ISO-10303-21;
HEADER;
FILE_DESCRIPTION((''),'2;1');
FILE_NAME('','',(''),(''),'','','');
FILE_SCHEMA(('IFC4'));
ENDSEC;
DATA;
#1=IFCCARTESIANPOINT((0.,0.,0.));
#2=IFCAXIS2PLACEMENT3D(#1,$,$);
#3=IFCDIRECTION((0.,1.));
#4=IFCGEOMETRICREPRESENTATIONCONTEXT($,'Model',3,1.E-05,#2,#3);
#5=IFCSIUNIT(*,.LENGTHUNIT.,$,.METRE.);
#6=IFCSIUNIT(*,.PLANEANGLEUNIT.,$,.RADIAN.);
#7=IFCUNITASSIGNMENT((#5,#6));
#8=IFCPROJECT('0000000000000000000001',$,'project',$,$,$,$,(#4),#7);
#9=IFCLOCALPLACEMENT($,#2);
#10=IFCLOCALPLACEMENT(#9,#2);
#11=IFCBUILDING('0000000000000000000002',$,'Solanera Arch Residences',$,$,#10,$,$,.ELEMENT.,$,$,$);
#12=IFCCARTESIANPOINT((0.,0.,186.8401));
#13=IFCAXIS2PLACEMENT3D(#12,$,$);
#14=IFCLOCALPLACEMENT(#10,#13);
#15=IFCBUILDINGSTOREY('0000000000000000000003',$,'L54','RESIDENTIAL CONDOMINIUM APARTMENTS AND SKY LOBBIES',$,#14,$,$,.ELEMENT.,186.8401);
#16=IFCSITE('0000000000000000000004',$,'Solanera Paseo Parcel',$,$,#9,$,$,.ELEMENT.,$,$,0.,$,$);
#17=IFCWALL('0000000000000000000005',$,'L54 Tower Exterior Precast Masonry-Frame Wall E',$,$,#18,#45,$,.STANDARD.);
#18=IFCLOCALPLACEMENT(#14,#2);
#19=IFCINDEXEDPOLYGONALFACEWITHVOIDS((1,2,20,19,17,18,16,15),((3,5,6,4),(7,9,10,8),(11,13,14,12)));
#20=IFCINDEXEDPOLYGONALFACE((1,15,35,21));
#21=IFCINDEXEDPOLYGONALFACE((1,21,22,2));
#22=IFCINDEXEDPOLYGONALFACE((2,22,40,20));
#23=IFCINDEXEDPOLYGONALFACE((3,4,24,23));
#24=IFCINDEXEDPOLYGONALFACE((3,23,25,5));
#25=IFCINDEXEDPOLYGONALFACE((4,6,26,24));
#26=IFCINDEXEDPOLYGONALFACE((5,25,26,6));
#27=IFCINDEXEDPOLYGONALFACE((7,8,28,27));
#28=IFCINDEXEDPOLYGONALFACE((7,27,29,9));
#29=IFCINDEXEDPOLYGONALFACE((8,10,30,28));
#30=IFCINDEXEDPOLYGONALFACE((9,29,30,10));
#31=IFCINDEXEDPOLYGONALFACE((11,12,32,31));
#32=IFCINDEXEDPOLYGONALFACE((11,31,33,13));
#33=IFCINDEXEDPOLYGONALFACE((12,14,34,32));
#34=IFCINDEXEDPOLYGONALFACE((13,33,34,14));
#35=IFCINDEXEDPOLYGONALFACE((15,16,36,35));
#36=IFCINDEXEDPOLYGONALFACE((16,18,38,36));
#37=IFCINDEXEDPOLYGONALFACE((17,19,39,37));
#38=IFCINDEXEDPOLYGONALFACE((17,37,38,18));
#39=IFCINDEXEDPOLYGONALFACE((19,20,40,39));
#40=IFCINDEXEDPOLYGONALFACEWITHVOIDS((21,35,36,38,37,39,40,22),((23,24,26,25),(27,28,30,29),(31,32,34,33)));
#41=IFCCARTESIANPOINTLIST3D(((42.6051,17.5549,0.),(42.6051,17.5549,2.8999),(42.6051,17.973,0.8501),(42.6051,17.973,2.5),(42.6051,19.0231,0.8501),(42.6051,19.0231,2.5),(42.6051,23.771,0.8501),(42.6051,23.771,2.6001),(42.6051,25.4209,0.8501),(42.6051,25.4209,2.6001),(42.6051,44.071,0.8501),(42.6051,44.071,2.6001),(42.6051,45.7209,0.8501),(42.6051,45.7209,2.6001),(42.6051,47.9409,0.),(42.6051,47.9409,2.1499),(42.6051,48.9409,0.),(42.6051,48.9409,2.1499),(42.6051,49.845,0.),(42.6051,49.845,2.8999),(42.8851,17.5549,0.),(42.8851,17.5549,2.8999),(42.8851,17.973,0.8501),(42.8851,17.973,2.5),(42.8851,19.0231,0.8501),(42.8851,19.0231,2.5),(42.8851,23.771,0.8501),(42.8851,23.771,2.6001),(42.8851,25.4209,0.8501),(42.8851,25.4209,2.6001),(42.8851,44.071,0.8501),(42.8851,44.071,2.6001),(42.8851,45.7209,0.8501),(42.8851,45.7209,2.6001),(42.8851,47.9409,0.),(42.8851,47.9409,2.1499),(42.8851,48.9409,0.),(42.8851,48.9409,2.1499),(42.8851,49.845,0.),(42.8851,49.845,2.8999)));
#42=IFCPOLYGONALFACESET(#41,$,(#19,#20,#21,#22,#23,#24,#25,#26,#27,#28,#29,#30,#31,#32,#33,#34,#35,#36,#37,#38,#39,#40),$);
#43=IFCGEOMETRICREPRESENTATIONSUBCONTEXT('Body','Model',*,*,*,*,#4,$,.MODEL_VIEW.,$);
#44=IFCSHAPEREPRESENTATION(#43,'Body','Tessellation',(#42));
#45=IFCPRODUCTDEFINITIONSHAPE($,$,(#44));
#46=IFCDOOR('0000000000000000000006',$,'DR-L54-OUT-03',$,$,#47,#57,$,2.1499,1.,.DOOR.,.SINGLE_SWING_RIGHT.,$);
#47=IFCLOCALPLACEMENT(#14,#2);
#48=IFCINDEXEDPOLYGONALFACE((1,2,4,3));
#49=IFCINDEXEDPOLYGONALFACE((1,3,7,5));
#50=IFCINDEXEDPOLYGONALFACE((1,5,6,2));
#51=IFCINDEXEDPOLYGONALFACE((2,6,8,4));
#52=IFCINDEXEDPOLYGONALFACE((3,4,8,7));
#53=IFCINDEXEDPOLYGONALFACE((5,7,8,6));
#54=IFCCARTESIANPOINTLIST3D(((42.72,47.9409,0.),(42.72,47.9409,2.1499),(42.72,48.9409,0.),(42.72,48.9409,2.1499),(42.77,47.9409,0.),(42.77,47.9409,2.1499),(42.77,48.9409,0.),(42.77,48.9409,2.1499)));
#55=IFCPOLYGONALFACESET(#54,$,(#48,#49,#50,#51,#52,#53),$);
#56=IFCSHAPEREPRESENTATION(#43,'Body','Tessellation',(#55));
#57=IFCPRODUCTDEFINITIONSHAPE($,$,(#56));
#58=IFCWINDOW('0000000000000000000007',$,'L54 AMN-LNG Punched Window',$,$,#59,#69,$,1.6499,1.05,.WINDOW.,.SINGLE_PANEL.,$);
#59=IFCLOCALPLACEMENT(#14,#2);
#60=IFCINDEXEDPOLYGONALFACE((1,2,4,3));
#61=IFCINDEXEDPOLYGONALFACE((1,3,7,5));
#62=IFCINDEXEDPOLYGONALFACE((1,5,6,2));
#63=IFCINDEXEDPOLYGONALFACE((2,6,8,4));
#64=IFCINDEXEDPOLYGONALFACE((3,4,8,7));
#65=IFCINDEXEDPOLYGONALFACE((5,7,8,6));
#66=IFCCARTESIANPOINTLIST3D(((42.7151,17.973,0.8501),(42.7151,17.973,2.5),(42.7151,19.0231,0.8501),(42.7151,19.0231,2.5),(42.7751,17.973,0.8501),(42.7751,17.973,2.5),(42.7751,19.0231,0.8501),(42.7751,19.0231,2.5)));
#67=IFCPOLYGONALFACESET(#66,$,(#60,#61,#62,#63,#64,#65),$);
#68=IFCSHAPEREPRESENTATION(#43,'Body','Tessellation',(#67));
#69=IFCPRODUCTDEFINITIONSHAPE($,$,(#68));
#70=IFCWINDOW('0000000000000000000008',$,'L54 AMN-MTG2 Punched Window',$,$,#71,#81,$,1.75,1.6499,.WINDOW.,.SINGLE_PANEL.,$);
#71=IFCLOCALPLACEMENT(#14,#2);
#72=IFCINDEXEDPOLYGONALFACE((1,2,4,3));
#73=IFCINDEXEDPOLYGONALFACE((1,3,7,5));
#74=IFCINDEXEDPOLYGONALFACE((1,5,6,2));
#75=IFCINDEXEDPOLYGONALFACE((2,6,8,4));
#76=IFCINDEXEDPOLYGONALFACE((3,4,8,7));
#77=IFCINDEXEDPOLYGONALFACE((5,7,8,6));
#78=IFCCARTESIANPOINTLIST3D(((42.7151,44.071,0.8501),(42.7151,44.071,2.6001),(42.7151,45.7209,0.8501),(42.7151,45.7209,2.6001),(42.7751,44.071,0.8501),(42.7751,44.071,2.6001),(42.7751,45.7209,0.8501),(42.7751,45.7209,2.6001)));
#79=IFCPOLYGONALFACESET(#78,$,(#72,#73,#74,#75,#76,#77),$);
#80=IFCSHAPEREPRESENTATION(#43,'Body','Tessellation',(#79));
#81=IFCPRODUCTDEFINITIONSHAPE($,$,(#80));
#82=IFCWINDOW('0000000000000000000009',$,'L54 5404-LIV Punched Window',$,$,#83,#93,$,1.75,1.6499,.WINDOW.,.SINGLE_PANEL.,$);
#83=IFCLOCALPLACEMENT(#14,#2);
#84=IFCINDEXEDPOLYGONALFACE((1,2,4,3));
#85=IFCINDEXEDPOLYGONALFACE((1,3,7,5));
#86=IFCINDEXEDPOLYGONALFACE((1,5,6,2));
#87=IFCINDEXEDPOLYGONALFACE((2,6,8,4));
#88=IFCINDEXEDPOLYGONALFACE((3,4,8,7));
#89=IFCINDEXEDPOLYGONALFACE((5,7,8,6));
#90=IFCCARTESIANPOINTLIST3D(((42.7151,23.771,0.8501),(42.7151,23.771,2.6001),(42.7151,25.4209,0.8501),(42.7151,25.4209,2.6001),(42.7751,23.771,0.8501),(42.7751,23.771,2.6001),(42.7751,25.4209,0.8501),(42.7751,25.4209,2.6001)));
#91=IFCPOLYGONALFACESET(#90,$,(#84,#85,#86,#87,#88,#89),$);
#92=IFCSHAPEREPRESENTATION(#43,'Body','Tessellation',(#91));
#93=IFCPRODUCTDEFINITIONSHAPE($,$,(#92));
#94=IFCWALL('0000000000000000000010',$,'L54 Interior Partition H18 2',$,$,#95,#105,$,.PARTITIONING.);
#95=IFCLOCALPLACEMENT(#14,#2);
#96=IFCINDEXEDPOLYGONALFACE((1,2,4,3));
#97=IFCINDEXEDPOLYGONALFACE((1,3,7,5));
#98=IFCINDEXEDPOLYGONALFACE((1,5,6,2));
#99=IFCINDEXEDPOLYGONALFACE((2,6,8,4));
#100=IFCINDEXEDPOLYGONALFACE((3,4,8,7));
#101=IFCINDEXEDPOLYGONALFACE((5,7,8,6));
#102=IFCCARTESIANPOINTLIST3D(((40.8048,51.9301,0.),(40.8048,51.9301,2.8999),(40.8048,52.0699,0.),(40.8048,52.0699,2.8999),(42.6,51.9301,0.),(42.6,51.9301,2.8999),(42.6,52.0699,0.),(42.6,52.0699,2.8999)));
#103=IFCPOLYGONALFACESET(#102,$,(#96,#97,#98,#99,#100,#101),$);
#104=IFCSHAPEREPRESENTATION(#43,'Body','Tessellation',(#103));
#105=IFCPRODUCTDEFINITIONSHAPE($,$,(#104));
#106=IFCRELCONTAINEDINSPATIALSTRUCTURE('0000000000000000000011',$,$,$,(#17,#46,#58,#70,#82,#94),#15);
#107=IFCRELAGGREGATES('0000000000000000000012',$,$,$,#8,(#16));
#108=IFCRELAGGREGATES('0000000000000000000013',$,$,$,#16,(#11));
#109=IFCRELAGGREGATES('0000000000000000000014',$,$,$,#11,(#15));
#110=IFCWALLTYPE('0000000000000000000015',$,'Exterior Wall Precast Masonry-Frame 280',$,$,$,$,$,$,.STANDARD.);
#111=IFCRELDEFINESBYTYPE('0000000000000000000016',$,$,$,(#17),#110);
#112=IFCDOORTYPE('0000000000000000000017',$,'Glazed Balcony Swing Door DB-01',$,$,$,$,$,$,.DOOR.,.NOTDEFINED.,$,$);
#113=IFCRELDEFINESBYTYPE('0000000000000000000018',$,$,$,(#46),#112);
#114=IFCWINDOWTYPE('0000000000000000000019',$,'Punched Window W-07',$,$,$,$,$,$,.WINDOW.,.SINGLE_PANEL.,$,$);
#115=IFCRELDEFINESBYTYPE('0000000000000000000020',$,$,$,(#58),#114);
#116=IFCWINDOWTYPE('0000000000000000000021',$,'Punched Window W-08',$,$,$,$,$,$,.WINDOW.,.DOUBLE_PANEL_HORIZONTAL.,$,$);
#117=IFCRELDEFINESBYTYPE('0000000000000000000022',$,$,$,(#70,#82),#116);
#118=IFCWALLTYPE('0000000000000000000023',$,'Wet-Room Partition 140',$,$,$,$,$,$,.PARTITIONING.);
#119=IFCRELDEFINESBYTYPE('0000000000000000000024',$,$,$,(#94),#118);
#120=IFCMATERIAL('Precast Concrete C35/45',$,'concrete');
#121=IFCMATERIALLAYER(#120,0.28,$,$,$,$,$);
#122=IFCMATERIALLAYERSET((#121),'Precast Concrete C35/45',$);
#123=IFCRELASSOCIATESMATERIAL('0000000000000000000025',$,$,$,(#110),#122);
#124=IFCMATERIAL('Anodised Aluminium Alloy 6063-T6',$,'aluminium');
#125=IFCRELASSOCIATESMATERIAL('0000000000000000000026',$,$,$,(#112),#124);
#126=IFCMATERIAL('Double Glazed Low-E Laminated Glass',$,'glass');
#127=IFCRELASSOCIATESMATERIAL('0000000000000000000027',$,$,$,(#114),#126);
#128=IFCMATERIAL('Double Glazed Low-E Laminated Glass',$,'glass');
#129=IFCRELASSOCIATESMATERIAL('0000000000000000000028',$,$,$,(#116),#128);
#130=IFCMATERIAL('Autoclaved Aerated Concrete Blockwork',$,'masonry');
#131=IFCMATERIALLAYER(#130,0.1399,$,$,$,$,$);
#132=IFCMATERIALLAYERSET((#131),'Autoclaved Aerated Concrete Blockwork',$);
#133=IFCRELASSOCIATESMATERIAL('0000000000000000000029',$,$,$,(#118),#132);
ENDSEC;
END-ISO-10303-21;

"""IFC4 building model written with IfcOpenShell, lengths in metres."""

from ifc_helpers import new_model, si_unit, direction, frame, frame_2d, origin, place, context, subcontext, project, spatial, rectangle, extrude, material, layer, layer_set, type_object, element, fill, save


model = new_model("IFC4")

# Units and contexts
model_context = context("Model", 3, precision=1e-05, world=origin(), true_north=direction((0.0, 1.0)))
body_context = subcontext(model_context, "Body", "Model", "MODEL_VIEW")
ifc_project = project(units=[si_unit("LENGTHUNIT", "METRE"), si_unit("PLANEANGLEUNIT", "RADIAN")], contexts=[model_context])

# Site, building, storey
site_placement = place(None, origin())
site = spatial("IfcSite", under=ifc_project, at=site_placement, Name="Solanera Paseo Parcel", CompositionType="ELEMENT", RefElevation=0.0)
building_placement = place(site_placement, origin())
building = spatial("IfcBuilding", under=site, at=building_placement, Name="Solanera Arch Residences", CompositionType="ELEMENT")
storey_placement = place(building_placement, frame((0.0, 0.0, 186.8401)))
storey = spatial("IfcBuildingStorey", under=building, at=storey_placement, Name="L54", Description="RESIDENTIAL CONDOMINIUM APARTMENTS AND SKY LOBBIES", CompositionType="ELEMENT", Elevation=186.8401)

# Shared definitions
ifc_material_1 = material(Name="Precast Concrete C35/45", Category="concrete")
ifc_layer_1 = layer(ifc_material_1, 0.28)
ifc_layer_set_1 = layer_set([ifc_layer_1], Name="Precast Concrete C35/45")
wall_type_1 = type_object("IfcWallType", Name="Exterior Wall Precast Masonry-Frame 280", PredefinedType="STANDARD", material=ifc_layer_set_1)

# Wall, openings, door, windows
wall_1_placement = place(storey_placement, frame((42.7451, 49.845, 0.0), z_axis=(0.0, 0.0, 1.0), x_axis=(0.0, -1.0, 0.0)))
wall_1 = element("IfcWall", 1, at=wall_1_placement, inside=storey, type_object=wall_type_1, Name="L54 Tower Exterior Precast Masonry-Frame Wall E", PredefinedType="STANDARD", context=body_context, shape_type="SweptSolid", body=[
    extrude(rectangle(XDim=32.29, YDim=0.28, at=frame_2d((16.145, 0.0))), origin(), (0.0, 0.0, 1.0), 2.8999),
])
opening_1_placement = place(wall_1_placement, frame((0.9041, 0.0, 0.0)))
opening_1 = element("IfcOpeningElement", 2, at=opening_1_placement, cuts=wall_1, PredefinedType="OPENING", context=body_context, shape_type="SweptSolid", body=[
    extrude(rectangle(XDim=1.0, YDim=2.1499, at=frame_2d((0.5, 1.075))), frame((0.0, 0.1499, 0.0), z_axis=(0.0, -1.0, 0.0), x_axis=(1.0, 0.0, 0.0)), (0.0, 0.0, 1.0), 0.3),
])
opening_2_placement = place(wall_1_placement, frame((30.822, 0.0, 0.8501)))
opening_2 = element("IfcOpeningElement", 3, at=opening_2_placement, cuts=wall_1, PredefinedType="OPENING", context=body_context, shape_type="SweptSolid", body=[
    extrude(rectangle(XDim=1.05, YDim=1.6499, at=frame_2d((0.5249, 0.825))), frame((0.0, 0.1499, 0.0), z_axis=(0.0, -1.0, 0.0), x_axis=(1.0, 0.0, 0.0)), (0.0, 0.0, 1.0), 0.3),
])
opening_3_placement = place(wall_1_placement, frame((4.124, 0.0, 0.8501)))
opening_3 = element("IfcOpeningElement", 4, at=opening_3_placement, cuts=wall_1, PredefinedType="OPENING", context=body_context, shape_type="SweptSolid", body=[
    extrude(rectangle(XDim=1.6499, YDim=1.75, at=frame_2d((0.825, 0.875))), frame((0.0, 0.1499, 0.0), z_axis=(0.0, -1.0, 0.0), x_axis=(1.0, 0.0, 0.0)), (0.0, 0.0, 1.0), 0.3),
])
opening_4_placement = place(wall_1_placement, frame((24.4241, 0.0, 0.8501)))
opening_4 = element("IfcOpeningElement", 5, at=opening_4_placement, cuts=wall_1, PredefinedType="OPENING", context=body_context, shape_type="SweptSolid", body=[
    extrude(rectangle(XDim=1.6499, YDim=1.75, at=frame_2d((0.825, 0.875))), frame((0.0, 0.1499, 0.0), z_axis=(0.0, -1.0, 0.0), x_axis=(1.0, 0.0, 0.0)), (0.0, 0.0, 1.0), 0.3),
])
ifc_material_2 = material(Name="Anodised Aluminium Alloy 6063-T6", Category="aluminium")
door_type = type_object("IfcDoorType", Name="Glazed Balcony Swing Door DB-01", OperationType="NOTDEFINED", PredefinedType="DOOR", material=ifc_material_2)
door_placement = place(opening_1_placement, origin())
door = element("IfcDoor", 6, at=door_placement, inside=storey, type_object=door_type, Name="DR-L54-OUT-03", OperationType="SINGLE_SWING_RIGHT", OverallHeight=2.1499, OverallWidth=1.0, PredefinedType="DOOR", context=body_context, shape_type="SweptSolid", body=[
    extrude(rectangle(XDim=1.0, YDim=2.1499, at=frame_2d((0.5, 1.075))), frame((0.0, 0.0249, 0.0), z_axis=(0.0, -1.0, 0.0), x_axis=(1.0, 0.0, 0.0)), (0.0, 0.0, 1.0), 0.05),
])
fill(opening_1, door)
ifc_material_3 = material(Name="Double Glazed Low-E Laminated Glass", Category="glass")
window_type_1 = type_object("IfcWindowType", Name="Punched Window W-07", PartitioningType="SINGLE_PANEL", PredefinedType="WINDOW", material=ifc_material_3)
window_1_placement = place(opening_2_placement, origin())
window_1 = element("IfcWindow", 7, at=window_1_placement, inside=storey, type_object=window_type_1, Name="L54 AMN-LNG Punched Window", OverallHeight=1.6499, OverallWidth=1.05, PartitioningType="SINGLE_PANEL", PredefinedType="WINDOW", context=body_context, shape_type="SweptSolid", body=[
    extrude(rectangle(XDim=1.05, YDim=1.6499, at=frame_2d((0.5249, 0.825))), frame((0.0, 0.03, 0.0), z_axis=(0.0, -1.0, 0.0), x_axis=(1.0, 0.0, 0.0)), (0.0, 0.0, 1.0), 0.0601),
])
fill(opening_2, window_1)
ifc_material_4 = material(Name="Double Glazed Low-E Laminated Glass", Category="glass")
window_type_2 = type_object("IfcWindowType", Name="Punched Window W-08", PartitioningType="DOUBLE_PANEL_HORIZONTAL", PredefinedType="WINDOW", material=ifc_material_4)
window_2_placement = place(opening_3_placement, origin())
window_2 = element("IfcWindow", 8, at=window_2_placement, inside=storey, type_object=window_type_2, Name="L54 AMN-MTG2 Punched Window", OverallHeight=1.75, OverallWidth=1.6499, PartitioningType="SINGLE_PANEL", PredefinedType="WINDOW", context=body_context, shape_type="SweptSolid", body=[
    extrude(rectangle(XDim=1.6499, YDim=1.75, at=frame_2d((0.825, 0.875))), frame((0.0, 0.03, 0.0), z_axis=(0.0, -1.0, 0.0), x_axis=(1.0, 0.0, 0.0)), (0.0, 0.0, 1.0), 0.0601),
])
fill(opening_3, window_2)
window_3_placement = place(opening_4_placement, origin())
window_3 = element("IfcWindow", 9, at=window_3_placement, inside=storey, type_object=window_type_2, Name="L54 5404-LIV Punched Window", OverallHeight=1.75, OverallWidth=1.6499, PartitioningType="SINGLE_PANEL", PredefinedType="WINDOW", context=body_context, shape_type="SweptSolid", body=[
    extrude(rectangle(XDim=1.6499, YDim=1.75, at=frame_2d((0.825, 0.875))), frame((0.0, 0.03, 0.0), z_axis=(0.0, -1.0, 0.0), x_axis=(1.0, 0.0, 0.0)), (0.0, 0.0, 1.0), 0.0601),
])
fill(opening_4, window_3)

# Wall
ifc_material_5 = material(Name="Autoclaved Aerated Concrete Blockwork", Category="masonry")
ifc_layer_2 = layer(ifc_material_5, 0.1399)
ifc_layer_set_2 = layer_set([ifc_layer_2], Name="Autoclaved Aerated Concrete Blockwork")
wall_type_2 = type_object("IfcWallType", Name="Wet-Room Partition 140", PredefinedType="PARTITIONING", material=ifc_layer_set_2)
wall_2_placement = place(storey_placement, frame((40.8049, 52.0, 0.0), z_axis=(0.0, 0.0, 1.0), x_axis=(1.0, 0.0, 0.0)))
element("IfcWall", 10, at=wall_2_placement, inside=storey, type_object=wall_type_2, Name="L54 Interior Partition H18 2", PredefinedType="PARTITIONING", context=body_context, shape_type="SweptSolid", body=[
    extrude(rectangle(XDim=1.7952, YDim=0.1399, at=frame_2d((0.8975, 0.0))), origin(), (0.0, 0.0, 1.0), 2.8999),
])

save(model, "model.ifc")
